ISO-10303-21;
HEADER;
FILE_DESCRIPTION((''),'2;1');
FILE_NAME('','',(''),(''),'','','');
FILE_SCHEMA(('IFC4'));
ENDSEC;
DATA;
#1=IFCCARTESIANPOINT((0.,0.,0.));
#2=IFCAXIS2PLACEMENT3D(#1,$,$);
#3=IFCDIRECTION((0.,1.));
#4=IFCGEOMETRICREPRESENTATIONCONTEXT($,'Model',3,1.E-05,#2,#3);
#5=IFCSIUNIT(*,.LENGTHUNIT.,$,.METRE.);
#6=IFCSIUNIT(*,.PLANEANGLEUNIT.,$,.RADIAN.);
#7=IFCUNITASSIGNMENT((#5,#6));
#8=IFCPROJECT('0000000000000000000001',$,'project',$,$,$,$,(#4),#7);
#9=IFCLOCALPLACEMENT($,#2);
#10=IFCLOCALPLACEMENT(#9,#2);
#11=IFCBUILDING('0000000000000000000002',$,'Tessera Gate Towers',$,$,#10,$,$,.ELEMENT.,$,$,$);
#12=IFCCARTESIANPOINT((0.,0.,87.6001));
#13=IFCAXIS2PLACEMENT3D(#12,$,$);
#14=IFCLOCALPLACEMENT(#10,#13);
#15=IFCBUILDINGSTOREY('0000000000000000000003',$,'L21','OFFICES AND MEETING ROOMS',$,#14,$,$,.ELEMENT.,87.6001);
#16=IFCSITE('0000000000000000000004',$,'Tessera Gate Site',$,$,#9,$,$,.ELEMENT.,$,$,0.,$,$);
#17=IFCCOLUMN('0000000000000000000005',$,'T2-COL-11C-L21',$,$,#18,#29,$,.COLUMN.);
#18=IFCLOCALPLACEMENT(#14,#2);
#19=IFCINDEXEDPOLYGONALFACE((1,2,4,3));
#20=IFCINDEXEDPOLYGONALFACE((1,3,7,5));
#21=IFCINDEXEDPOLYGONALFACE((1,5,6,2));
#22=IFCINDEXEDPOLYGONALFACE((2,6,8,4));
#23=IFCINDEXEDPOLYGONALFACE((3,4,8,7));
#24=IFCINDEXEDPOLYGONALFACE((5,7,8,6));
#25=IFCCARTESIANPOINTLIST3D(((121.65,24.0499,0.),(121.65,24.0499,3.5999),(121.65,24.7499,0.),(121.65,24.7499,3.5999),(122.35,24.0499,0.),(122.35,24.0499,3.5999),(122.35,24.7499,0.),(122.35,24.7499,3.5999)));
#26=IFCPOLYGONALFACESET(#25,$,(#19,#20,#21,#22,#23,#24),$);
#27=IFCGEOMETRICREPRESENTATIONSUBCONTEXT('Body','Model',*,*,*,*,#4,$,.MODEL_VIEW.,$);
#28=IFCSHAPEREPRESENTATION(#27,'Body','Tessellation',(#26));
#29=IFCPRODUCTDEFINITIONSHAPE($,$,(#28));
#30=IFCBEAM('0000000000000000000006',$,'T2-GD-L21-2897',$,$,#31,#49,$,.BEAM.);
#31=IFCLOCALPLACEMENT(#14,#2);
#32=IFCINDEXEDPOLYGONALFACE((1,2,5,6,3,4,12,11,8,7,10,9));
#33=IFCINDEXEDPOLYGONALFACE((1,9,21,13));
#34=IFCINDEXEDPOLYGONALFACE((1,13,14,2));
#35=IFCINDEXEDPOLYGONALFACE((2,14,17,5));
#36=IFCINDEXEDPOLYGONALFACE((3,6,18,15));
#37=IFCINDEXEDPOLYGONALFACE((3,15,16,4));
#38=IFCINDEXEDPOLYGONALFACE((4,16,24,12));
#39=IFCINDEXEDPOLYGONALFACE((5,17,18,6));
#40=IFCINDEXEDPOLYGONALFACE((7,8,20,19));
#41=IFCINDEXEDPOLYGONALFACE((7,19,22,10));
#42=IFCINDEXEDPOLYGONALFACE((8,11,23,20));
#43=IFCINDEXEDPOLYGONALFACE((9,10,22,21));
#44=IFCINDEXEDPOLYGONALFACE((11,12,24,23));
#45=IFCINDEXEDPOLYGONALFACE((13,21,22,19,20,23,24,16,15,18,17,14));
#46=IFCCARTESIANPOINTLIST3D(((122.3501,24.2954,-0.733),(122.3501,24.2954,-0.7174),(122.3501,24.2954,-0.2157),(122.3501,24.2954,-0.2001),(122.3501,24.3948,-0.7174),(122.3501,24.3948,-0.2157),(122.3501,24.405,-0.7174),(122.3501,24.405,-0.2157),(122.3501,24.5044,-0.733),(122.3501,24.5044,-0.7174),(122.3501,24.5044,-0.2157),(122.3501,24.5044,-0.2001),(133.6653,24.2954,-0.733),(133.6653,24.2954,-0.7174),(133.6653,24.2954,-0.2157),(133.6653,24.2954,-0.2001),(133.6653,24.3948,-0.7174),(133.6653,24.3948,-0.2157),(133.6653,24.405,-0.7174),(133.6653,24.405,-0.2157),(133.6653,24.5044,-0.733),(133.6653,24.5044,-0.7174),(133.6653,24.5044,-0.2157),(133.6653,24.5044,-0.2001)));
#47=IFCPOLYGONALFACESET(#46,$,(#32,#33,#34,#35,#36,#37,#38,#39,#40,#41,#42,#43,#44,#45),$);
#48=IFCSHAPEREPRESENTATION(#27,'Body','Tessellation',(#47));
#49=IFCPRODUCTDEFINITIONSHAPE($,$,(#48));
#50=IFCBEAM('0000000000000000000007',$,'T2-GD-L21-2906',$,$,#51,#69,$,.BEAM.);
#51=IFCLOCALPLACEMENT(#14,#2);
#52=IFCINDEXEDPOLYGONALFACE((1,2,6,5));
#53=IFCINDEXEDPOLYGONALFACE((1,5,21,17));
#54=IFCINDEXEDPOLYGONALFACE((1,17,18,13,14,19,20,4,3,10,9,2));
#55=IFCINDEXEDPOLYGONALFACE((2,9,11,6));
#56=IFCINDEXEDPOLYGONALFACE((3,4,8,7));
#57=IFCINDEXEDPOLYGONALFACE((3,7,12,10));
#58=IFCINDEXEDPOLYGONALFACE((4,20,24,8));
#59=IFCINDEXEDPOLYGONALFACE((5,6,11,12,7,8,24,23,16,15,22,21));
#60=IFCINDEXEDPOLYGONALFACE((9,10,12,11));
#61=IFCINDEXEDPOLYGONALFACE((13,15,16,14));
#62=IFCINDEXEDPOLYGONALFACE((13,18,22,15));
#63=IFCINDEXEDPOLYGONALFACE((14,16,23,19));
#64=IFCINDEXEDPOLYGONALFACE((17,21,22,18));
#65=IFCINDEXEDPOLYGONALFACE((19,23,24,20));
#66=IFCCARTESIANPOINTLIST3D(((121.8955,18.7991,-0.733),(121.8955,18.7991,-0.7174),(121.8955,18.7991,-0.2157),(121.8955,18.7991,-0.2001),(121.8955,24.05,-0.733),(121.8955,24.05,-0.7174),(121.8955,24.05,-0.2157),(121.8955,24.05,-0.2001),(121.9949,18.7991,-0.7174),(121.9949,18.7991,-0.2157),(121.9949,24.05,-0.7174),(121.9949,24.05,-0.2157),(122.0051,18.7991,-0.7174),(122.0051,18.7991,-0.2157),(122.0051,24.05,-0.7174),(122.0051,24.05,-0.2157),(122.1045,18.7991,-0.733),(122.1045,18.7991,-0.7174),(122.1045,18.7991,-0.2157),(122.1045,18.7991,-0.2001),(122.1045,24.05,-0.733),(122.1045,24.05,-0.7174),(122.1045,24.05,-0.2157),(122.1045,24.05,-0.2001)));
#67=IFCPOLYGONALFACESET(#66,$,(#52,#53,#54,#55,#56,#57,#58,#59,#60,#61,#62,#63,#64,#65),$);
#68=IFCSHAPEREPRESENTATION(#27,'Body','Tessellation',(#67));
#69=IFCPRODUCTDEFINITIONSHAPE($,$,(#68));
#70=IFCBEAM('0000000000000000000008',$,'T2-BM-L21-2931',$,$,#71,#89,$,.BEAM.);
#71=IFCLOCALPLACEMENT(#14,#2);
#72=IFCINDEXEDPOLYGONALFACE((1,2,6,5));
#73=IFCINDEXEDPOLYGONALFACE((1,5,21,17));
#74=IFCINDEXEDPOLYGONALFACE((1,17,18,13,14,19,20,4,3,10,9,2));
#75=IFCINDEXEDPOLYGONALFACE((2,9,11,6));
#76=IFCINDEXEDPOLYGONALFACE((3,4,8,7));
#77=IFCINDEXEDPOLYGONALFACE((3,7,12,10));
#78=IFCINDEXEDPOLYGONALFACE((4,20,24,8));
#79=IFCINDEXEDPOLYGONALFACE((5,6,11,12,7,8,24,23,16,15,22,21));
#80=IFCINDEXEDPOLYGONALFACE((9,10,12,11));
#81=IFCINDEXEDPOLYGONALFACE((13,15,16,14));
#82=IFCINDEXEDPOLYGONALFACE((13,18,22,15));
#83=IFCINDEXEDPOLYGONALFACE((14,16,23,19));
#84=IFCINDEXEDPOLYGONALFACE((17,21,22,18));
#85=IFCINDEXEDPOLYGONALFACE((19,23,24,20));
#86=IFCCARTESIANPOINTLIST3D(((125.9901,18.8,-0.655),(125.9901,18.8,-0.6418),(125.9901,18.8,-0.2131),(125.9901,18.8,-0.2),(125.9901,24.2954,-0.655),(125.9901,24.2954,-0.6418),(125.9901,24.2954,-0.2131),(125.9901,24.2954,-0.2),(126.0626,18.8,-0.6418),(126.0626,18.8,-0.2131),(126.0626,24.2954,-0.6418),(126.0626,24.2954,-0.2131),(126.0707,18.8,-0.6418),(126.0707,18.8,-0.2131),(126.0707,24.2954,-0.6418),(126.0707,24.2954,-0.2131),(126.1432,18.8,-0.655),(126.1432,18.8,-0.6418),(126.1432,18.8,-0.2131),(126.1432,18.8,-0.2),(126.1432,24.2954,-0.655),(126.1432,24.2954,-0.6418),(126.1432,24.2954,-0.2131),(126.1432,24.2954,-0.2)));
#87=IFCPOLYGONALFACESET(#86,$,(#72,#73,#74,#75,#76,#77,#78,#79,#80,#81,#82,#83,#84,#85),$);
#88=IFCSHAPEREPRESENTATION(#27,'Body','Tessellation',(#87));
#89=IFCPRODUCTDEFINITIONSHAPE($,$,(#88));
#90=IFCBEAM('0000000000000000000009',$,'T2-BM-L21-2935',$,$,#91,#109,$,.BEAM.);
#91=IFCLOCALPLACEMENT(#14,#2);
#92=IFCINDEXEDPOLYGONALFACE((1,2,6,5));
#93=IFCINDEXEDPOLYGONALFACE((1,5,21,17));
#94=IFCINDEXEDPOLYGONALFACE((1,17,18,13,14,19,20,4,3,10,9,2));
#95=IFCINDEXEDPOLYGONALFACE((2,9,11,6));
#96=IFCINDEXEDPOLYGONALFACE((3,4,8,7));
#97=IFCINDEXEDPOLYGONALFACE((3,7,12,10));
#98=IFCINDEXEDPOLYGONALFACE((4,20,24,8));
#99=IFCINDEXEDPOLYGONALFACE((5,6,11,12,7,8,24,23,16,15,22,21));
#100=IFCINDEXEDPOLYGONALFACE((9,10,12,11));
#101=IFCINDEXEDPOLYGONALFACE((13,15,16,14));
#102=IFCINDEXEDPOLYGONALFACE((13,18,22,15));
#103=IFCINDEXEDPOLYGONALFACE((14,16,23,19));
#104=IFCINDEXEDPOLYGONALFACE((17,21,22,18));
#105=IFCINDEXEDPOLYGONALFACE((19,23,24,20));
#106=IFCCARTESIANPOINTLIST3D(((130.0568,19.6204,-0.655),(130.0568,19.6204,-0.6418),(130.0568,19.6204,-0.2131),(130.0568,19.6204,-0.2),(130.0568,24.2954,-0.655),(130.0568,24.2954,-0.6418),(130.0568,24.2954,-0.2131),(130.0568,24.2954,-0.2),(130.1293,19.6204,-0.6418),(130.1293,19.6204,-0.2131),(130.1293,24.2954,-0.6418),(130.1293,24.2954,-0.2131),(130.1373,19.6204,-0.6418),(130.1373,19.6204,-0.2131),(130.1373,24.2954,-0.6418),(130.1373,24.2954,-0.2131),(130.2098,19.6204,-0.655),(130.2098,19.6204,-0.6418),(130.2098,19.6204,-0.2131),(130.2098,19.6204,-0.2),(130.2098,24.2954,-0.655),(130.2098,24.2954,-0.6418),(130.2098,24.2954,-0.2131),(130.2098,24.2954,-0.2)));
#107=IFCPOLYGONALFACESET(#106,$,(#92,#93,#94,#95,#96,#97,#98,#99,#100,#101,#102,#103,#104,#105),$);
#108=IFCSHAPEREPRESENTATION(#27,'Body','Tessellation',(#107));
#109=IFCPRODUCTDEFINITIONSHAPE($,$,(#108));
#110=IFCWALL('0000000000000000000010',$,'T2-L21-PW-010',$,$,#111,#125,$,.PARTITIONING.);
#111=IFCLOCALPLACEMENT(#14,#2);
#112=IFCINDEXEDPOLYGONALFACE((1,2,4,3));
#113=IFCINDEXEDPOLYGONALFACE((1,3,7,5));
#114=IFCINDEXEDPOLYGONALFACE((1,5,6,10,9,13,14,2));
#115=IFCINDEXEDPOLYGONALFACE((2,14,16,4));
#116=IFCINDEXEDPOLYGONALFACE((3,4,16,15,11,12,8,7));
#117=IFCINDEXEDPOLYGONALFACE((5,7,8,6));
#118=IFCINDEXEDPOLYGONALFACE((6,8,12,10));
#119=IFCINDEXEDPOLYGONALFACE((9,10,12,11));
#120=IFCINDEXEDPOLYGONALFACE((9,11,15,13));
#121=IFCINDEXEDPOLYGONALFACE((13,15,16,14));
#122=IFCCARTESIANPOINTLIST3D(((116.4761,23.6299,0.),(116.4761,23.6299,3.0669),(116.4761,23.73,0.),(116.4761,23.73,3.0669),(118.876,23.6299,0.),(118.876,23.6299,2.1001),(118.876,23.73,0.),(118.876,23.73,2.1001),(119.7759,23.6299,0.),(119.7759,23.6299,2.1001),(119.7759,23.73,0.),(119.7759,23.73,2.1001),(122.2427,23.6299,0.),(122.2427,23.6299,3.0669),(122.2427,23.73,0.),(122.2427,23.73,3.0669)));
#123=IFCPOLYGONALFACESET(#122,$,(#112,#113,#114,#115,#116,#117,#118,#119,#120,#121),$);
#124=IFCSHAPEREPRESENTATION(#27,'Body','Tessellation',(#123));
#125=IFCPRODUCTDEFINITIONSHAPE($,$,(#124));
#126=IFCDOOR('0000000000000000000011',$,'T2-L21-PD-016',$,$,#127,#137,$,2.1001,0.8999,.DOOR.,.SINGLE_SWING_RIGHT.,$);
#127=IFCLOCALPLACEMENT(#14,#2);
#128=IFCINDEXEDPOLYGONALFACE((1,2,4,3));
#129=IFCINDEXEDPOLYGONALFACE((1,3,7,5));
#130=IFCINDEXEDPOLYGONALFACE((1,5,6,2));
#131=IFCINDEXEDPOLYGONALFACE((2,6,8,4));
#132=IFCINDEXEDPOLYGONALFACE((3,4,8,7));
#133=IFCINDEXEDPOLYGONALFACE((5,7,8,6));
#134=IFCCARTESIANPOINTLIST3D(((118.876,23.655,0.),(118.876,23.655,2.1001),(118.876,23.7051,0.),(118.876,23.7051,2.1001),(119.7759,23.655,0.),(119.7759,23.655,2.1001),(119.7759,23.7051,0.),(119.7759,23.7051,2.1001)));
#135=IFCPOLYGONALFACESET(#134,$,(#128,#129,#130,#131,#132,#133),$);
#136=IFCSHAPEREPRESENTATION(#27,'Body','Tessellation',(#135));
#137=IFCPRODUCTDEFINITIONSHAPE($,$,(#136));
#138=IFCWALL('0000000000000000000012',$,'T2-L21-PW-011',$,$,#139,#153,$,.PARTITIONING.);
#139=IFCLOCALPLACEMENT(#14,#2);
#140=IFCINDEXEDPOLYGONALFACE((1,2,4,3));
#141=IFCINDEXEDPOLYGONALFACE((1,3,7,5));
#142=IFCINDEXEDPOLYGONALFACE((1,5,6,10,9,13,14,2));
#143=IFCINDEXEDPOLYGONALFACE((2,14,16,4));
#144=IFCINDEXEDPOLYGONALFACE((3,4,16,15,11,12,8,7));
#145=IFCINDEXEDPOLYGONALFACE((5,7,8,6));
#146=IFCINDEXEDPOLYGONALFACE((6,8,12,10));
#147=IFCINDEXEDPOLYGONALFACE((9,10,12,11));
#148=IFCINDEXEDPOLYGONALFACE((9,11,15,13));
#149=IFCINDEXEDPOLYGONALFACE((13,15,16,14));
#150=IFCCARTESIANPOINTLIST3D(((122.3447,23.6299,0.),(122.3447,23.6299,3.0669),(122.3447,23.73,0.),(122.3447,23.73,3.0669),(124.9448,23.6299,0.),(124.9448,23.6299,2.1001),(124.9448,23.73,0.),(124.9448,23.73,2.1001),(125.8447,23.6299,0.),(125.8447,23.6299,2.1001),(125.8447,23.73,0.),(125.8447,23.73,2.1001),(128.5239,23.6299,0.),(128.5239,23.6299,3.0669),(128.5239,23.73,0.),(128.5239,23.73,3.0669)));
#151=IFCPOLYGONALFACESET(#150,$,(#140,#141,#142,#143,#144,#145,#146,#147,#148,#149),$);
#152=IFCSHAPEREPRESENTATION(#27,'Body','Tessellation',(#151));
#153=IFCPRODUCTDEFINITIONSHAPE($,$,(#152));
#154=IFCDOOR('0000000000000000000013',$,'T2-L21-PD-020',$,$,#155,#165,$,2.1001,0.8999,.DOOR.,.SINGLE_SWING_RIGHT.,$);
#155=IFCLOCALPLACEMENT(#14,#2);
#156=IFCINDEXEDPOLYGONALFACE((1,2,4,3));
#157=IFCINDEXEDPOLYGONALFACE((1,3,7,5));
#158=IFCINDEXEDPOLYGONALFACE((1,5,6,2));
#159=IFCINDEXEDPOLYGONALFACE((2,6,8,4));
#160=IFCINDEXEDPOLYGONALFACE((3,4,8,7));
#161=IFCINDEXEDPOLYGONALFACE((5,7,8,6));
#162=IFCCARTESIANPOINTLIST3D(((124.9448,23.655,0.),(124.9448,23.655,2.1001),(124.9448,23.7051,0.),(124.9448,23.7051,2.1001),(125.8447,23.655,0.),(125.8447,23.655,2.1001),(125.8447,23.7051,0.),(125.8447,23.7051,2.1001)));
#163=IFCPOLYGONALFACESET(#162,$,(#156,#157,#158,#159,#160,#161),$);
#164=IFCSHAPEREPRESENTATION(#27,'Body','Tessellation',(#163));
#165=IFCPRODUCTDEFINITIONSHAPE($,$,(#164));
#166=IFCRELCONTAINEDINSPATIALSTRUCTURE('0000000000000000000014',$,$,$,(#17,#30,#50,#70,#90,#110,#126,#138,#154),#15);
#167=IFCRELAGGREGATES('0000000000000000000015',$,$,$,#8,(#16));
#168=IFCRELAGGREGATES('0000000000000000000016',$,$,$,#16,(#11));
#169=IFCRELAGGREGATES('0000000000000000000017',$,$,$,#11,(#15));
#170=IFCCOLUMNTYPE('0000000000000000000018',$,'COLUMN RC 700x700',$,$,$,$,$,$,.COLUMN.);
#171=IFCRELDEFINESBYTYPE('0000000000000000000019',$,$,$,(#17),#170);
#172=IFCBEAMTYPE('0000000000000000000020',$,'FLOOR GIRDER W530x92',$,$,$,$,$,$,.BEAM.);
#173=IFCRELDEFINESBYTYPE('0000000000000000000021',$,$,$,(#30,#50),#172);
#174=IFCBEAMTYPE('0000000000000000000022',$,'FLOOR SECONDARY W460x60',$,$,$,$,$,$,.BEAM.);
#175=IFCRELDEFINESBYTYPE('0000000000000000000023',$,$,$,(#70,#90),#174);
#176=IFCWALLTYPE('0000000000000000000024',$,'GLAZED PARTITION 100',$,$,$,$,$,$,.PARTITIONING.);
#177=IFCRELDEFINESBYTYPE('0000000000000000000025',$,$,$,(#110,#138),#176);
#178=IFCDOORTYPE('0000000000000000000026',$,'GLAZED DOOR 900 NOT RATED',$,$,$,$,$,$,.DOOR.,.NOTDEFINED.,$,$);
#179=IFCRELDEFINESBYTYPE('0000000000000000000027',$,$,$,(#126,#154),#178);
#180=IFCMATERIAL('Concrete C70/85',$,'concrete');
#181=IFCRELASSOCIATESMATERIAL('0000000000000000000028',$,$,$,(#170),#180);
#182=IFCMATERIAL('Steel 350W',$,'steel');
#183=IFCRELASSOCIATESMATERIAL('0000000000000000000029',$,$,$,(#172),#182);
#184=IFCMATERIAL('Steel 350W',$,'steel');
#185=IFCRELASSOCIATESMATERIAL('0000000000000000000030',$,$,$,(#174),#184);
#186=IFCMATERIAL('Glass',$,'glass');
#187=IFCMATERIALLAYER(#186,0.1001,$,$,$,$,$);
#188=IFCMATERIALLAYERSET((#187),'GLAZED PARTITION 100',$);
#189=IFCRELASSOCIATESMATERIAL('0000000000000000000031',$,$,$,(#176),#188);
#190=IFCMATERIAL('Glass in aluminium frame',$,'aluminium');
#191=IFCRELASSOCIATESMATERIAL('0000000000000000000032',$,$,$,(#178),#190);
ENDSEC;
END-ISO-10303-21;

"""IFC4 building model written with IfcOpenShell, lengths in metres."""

from ifc_helpers import new_model, si_unit, direction, frame, frame_2d, origin, origin_2d, place, context, subcontext, project, spatial, rectangle, i_section, extrude, source, transform, mapped, material, layer, layer_set, material_profile, profile_set, type_object, element, fill, save


model = new_model("IFC4")

# Units and contexts
model_context = context("Model", 3, precision=1e-05, world=origin(), true_north=direction((0.0, 1.0)))
body_context = subcontext(model_context, "Body", "Model", "MODEL_VIEW")
ifc_project = project(units=[si_unit("LENGTHUNIT", "METRE"), si_unit("PLANEANGLEUNIT", "RADIAN")], contexts=[model_context])

# Site, building, storey
site_placement = place(None, origin())
site = spatial("IfcSite", under=ifc_project, at=site_placement, Name="Tessera Gate Site", CompositionType="ELEMENT", RefElevation=0.0)
building_placement = place(site_placement, origin())
building = spatial("IfcBuilding", under=site, at=building_placement, Name="Tessera Gate Towers", CompositionType="ELEMENT")
storey_placement = place(building_placement, frame((0.0, 0.0, 87.6001)))
storey = spatial("IfcBuildingStorey", under=building, at=storey_placement, Name="L21", Description="OFFICES AND MEETING ROOMS", CompositionType="ELEMENT", Elevation=87.6001)

# Column
ifc_material_1 = material(Name="Concrete C70/85", Category="concrete")
ifc_material_profile_1 = material_profile(ifc_material_1, rectangle(XDim=0.7, YDim=0.7, at=origin_2d()), Name="RC 700x700")
ifc_profile_set_1 = profile_set([ifc_material_profile_1], Name="Concrete C70/85")
column_type = type_object("IfcColumnType", Name="COLUMN RC 700x700", PredefinedType="COLUMN", material=ifc_profile_set_1)
column_placement = place(storey_placement, frame((122.0, 24.3999, 0.0), z_axis=(0.0, 0.0, 1.0), x_axis=(1.0, 0.0, 0.0)))
element("IfcColumn", 1, at=column_placement, inside=storey, type_object=column_type, Name="T2-COL-11C-L21", PredefinedType="COLUMN", context=body_context, shape_type="SweptSolid", body=[
    extrude(rectangle(XDim=0.7, YDim=0.7, at=origin_2d()), origin(), (0.0, 0.0, 1.0), 3.5999),
])

# Beams
ifc_material_2 = material(Name="Steel 350W", Category="steel")
ifc_material_profile_2 = material_profile(ifc_material_2, i_section(OverallWidth=0.209, OverallDepth=0.533, WebThickness=0.0103, FlangeThickness=0.0156, at=origin_2d()), Name="W530x92")
ifc_profile_set_2 = profile_set([ifc_material_profile_2], Name="Steel 350W")
beam_type_1 = type_object("IfcBeamType", Name="FLOOR GIRDER W530x92", PredefinedType="BEAM", material=ifc_profile_set_2)
beam_1_placement = place(storey_placement, frame((122.3501, 24.3999, -0.4666), z_axis=(1.0, 0.0, 0.0), x_axis=(0.0, 1.0, 0.0)))
element("IfcBeam", 2, at=beam_1_placement, inside=storey, type_object=beam_type_1, Name="T2-GD-L21-2897", PredefinedType="BEAM", context=body_context, shape_type="SweptSolid", body=[
    extrude(i_section(OverallWidth=0.209, OverallDepth=0.533, WebThickness=0.0103, FlangeThickness=0.0156, at=origin_2d()), origin(), (0.0, 0.0, 1.0), 11.3152),
])
beam_2_placement = place(storey_placement, frame((122.0, 18.7991, -0.4666), z_axis=(0.0, 1.0, 0.0), x_axis=(-1.0, 0.0, 0.0)))
element("IfcBeam", 3, at=beam_2_placement, inside=storey, type_object=beam_type_1, Name="T2-GD-L21-2906", PredefinedType="BEAM", context=body_context, shape_type="SweptSolid", body=[
    extrude(i_section(OverallWidth=0.209, OverallDepth=0.533, WebThickness=0.0103, FlangeThickness=0.0156, at=origin_2d()), origin(), (0.0, 0.0, 1.0), 5.251),
])
ifc_material_3 = material(Name="Steel 350W", Category="steel")
ifc_material_profile_3 = material_profile(ifc_material_3, i_section(OverallWidth=0.1531, OverallDepth=0.4551, WebThickness=0.0081, FlangeThickness=0.0132, at=origin_2d()), Name="W460x60")
ifc_profile_set_3 = profile_set([ifc_material_profile_3], Name="Steel 350W")
beam_type_2 = type_object("IfcBeamType", Name="FLOOR SECONDARY W460x60", PredefinedType="BEAM", material=ifc_profile_set_3)
beam_3_placement = place(storey_placement, frame((126.0667, 18.8, -0.4275), z_axis=(0.0, 1.0, 0.0), x_axis=(-1.0, 0.0, 0.0)))
element("IfcBeam", 4, at=beam_3_placement, inside=storey, type_object=beam_type_2, Name="T2-BM-L21-2931", PredefinedType="BEAM", context=body_context, shape_type="SweptSolid", body=[
    extrude(i_section(OverallWidth=0.1531, OverallDepth=0.4551, WebThickness=0.0081, FlangeThickness=0.0132, at=origin_2d()), origin(), (0.0, 0.0, 1.0), 5.4954),
])
beam_4_placement = place(storey_placement, frame((130.1333, 19.6204, -0.4275), z_axis=(0.0, 1.0, 0.0), x_axis=(-1.0, 0.0, 0.0)))
element("IfcBeam", 5, at=beam_4_placement, inside=storey, type_object=beam_type_2, Name="T2-BM-L21-2935", PredefinedType="BEAM", context=body_context, shape_type="SweptSolid", body=[
    extrude(i_section(OverallWidth=0.1531, OverallDepth=0.4551, WebThickness=0.0081, FlangeThickness=0.0132, at=origin_2d()), origin(), (0.0, 0.0, 1.0), 4.675),
])

# Walls, openings, doors
ifc_material_4 = material(Name="Glass", Category="glass")
ifc_layer_1 = layer(ifc_material_4, 0.1001)
ifc_layer_set_1 = layer_set([ifc_layer_1], Name="GLAZED PARTITION 100")
wall_type_1 = type_object("IfcWallType", Name="GLAZED PARTITION 100", PredefinedType="PARTITIONING", material=ifc_layer_set_1)
wall_1_placement = place(storey_placement, frame((122.2427, 23.6799, 0.0), z_axis=(0.0, 0.0, 1.0), x_axis=(-1.0, 0.0, 0.0)))
wall_1 = element("IfcWall", 6, at=wall_1_placement, inside=storey, type_object=wall_type_1, Name="T2-L21-PW-010", PredefinedType="PARTITIONING", context=body_context, shape_type="SweptSolid", body=[
    extrude(rectangle(XDim=5.7666, YDim=0.1001, at=frame_2d((2.8833, 0.0))), origin(), (0.0, 0.0, 1.0), 3.0669),
])
shared_shape_1 = source(origin(), body_context, "Body", "SweptSolid", [
    extrude(rectangle(XDim=0.8999, YDim=2.1001, at=frame_2d((0.45, 1.05))), frame((0.0, 0.0601, 0.0), z_axis=(0.0, -1.0, 0.0), x_axis=(1.0, 0.0, 0.0)), (0.0, 0.0, 1.0), 0.1201),
])
opening_1_placement = place(wall_1_placement, frame((2.4668, 0.0, 0.0)))
opening_1 = element("IfcOpeningElement", 7, at=opening_1_placement, cuts=wall_1, PredefinedType="OPENING", context=body_context, shape_type="MappedRepresentation", body=[
    mapped(shared_shape_1, transform((0.0, 0.0, 0.0), scale=1.0)),
])
ifc_material_5 = material(Name="Glass in aluminium frame", Category="aluminium")
door_type_1 = type_object("IfcDoorType", Name="GLAZED DOOR 900 NOT RATED", OperationType="NOTDEFINED", PredefinedType="DOOR", material=ifc_material_5)
shared_shape_2 = source(origin(), body_context, "Body", "SweptSolid", [
    extrude(rectangle(XDim=0.8999, YDim=2.1001, at=frame_2d((0.45, 1.05))), frame((0.0, 0.0249, 0.0), z_axis=(0.0, -1.0, 0.0), x_axis=(1.0, 0.0, 0.0)), (0.0, 0.0, 1.0), 0.05),
])
door_1_placement = place(opening_1_placement, origin())
door_1 = element("IfcDoor", 8, at=door_1_placement, inside=storey, type_object=door_type_1, Name="T2-L21-PD-016", OperationType="SINGLE_SWING_RIGHT", OverallHeight=2.1001, OverallWidth=0.8999, PredefinedType="DOOR", context=body_context, shape_type="MappedRepresentation", body=[
    mapped(shared_shape_2, transform((0.0, 0.0, 0.0), scale=1.0)),
])
fill(opening_1, door_1)
wall_2_placement = place(storey_placement, frame((128.5239, 23.6799, 0.0), z_axis=(0.0, 0.0, 1.0), x_axis=(-1.0, 0.0, 0.0)))
wall_2 = element("IfcWall", 9, at=wall_2_placement, inside=storey, type_object=wall_type_1, Name="T2-L21-PW-011", PredefinedType="PARTITIONING", context=body_context, shape_type="SweptSolid", body=[
    extrude(rectangle(XDim=6.1792, YDim=0.1001, at=frame_2d((3.0896, 0.0))), origin(), (0.0, 0.0, 1.0), 3.0669),
])
opening_2_placement = place(wall_2_placement, frame((2.6792, 0.0, 0.0)))
opening_2 = element("IfcOpeningElement", 10, at=opening_2_placement, cuts=wall_2, PredefinedType="OPENING", context=body_context, shape_type="MappedRepresentation", body=[
    mapped(shared_shape_1, transform((0.0, 0.0, 0.0), scale=1.0)),
])
door_2_placement = place(opening_2_placement, origin())
door_2 = element("IfcDoor", 11, at=door_2_placement, inside=storey, type_object=door_type_1, Name="T2-L21-PD-020", OperationType="SINGLE_SWING_RIGHT", OverallHeight=2.1001, OverallWidth=0.8999, PredefinedType="DOOR", context=body_context, shape_type="MappedRepresentation", body=[
    mapped(shared_shape_2, transform((0.0, 0.0, 0.0), scale=1.0)),
])
fill(opening_2, door_2)

save(model, "model.ifc")
